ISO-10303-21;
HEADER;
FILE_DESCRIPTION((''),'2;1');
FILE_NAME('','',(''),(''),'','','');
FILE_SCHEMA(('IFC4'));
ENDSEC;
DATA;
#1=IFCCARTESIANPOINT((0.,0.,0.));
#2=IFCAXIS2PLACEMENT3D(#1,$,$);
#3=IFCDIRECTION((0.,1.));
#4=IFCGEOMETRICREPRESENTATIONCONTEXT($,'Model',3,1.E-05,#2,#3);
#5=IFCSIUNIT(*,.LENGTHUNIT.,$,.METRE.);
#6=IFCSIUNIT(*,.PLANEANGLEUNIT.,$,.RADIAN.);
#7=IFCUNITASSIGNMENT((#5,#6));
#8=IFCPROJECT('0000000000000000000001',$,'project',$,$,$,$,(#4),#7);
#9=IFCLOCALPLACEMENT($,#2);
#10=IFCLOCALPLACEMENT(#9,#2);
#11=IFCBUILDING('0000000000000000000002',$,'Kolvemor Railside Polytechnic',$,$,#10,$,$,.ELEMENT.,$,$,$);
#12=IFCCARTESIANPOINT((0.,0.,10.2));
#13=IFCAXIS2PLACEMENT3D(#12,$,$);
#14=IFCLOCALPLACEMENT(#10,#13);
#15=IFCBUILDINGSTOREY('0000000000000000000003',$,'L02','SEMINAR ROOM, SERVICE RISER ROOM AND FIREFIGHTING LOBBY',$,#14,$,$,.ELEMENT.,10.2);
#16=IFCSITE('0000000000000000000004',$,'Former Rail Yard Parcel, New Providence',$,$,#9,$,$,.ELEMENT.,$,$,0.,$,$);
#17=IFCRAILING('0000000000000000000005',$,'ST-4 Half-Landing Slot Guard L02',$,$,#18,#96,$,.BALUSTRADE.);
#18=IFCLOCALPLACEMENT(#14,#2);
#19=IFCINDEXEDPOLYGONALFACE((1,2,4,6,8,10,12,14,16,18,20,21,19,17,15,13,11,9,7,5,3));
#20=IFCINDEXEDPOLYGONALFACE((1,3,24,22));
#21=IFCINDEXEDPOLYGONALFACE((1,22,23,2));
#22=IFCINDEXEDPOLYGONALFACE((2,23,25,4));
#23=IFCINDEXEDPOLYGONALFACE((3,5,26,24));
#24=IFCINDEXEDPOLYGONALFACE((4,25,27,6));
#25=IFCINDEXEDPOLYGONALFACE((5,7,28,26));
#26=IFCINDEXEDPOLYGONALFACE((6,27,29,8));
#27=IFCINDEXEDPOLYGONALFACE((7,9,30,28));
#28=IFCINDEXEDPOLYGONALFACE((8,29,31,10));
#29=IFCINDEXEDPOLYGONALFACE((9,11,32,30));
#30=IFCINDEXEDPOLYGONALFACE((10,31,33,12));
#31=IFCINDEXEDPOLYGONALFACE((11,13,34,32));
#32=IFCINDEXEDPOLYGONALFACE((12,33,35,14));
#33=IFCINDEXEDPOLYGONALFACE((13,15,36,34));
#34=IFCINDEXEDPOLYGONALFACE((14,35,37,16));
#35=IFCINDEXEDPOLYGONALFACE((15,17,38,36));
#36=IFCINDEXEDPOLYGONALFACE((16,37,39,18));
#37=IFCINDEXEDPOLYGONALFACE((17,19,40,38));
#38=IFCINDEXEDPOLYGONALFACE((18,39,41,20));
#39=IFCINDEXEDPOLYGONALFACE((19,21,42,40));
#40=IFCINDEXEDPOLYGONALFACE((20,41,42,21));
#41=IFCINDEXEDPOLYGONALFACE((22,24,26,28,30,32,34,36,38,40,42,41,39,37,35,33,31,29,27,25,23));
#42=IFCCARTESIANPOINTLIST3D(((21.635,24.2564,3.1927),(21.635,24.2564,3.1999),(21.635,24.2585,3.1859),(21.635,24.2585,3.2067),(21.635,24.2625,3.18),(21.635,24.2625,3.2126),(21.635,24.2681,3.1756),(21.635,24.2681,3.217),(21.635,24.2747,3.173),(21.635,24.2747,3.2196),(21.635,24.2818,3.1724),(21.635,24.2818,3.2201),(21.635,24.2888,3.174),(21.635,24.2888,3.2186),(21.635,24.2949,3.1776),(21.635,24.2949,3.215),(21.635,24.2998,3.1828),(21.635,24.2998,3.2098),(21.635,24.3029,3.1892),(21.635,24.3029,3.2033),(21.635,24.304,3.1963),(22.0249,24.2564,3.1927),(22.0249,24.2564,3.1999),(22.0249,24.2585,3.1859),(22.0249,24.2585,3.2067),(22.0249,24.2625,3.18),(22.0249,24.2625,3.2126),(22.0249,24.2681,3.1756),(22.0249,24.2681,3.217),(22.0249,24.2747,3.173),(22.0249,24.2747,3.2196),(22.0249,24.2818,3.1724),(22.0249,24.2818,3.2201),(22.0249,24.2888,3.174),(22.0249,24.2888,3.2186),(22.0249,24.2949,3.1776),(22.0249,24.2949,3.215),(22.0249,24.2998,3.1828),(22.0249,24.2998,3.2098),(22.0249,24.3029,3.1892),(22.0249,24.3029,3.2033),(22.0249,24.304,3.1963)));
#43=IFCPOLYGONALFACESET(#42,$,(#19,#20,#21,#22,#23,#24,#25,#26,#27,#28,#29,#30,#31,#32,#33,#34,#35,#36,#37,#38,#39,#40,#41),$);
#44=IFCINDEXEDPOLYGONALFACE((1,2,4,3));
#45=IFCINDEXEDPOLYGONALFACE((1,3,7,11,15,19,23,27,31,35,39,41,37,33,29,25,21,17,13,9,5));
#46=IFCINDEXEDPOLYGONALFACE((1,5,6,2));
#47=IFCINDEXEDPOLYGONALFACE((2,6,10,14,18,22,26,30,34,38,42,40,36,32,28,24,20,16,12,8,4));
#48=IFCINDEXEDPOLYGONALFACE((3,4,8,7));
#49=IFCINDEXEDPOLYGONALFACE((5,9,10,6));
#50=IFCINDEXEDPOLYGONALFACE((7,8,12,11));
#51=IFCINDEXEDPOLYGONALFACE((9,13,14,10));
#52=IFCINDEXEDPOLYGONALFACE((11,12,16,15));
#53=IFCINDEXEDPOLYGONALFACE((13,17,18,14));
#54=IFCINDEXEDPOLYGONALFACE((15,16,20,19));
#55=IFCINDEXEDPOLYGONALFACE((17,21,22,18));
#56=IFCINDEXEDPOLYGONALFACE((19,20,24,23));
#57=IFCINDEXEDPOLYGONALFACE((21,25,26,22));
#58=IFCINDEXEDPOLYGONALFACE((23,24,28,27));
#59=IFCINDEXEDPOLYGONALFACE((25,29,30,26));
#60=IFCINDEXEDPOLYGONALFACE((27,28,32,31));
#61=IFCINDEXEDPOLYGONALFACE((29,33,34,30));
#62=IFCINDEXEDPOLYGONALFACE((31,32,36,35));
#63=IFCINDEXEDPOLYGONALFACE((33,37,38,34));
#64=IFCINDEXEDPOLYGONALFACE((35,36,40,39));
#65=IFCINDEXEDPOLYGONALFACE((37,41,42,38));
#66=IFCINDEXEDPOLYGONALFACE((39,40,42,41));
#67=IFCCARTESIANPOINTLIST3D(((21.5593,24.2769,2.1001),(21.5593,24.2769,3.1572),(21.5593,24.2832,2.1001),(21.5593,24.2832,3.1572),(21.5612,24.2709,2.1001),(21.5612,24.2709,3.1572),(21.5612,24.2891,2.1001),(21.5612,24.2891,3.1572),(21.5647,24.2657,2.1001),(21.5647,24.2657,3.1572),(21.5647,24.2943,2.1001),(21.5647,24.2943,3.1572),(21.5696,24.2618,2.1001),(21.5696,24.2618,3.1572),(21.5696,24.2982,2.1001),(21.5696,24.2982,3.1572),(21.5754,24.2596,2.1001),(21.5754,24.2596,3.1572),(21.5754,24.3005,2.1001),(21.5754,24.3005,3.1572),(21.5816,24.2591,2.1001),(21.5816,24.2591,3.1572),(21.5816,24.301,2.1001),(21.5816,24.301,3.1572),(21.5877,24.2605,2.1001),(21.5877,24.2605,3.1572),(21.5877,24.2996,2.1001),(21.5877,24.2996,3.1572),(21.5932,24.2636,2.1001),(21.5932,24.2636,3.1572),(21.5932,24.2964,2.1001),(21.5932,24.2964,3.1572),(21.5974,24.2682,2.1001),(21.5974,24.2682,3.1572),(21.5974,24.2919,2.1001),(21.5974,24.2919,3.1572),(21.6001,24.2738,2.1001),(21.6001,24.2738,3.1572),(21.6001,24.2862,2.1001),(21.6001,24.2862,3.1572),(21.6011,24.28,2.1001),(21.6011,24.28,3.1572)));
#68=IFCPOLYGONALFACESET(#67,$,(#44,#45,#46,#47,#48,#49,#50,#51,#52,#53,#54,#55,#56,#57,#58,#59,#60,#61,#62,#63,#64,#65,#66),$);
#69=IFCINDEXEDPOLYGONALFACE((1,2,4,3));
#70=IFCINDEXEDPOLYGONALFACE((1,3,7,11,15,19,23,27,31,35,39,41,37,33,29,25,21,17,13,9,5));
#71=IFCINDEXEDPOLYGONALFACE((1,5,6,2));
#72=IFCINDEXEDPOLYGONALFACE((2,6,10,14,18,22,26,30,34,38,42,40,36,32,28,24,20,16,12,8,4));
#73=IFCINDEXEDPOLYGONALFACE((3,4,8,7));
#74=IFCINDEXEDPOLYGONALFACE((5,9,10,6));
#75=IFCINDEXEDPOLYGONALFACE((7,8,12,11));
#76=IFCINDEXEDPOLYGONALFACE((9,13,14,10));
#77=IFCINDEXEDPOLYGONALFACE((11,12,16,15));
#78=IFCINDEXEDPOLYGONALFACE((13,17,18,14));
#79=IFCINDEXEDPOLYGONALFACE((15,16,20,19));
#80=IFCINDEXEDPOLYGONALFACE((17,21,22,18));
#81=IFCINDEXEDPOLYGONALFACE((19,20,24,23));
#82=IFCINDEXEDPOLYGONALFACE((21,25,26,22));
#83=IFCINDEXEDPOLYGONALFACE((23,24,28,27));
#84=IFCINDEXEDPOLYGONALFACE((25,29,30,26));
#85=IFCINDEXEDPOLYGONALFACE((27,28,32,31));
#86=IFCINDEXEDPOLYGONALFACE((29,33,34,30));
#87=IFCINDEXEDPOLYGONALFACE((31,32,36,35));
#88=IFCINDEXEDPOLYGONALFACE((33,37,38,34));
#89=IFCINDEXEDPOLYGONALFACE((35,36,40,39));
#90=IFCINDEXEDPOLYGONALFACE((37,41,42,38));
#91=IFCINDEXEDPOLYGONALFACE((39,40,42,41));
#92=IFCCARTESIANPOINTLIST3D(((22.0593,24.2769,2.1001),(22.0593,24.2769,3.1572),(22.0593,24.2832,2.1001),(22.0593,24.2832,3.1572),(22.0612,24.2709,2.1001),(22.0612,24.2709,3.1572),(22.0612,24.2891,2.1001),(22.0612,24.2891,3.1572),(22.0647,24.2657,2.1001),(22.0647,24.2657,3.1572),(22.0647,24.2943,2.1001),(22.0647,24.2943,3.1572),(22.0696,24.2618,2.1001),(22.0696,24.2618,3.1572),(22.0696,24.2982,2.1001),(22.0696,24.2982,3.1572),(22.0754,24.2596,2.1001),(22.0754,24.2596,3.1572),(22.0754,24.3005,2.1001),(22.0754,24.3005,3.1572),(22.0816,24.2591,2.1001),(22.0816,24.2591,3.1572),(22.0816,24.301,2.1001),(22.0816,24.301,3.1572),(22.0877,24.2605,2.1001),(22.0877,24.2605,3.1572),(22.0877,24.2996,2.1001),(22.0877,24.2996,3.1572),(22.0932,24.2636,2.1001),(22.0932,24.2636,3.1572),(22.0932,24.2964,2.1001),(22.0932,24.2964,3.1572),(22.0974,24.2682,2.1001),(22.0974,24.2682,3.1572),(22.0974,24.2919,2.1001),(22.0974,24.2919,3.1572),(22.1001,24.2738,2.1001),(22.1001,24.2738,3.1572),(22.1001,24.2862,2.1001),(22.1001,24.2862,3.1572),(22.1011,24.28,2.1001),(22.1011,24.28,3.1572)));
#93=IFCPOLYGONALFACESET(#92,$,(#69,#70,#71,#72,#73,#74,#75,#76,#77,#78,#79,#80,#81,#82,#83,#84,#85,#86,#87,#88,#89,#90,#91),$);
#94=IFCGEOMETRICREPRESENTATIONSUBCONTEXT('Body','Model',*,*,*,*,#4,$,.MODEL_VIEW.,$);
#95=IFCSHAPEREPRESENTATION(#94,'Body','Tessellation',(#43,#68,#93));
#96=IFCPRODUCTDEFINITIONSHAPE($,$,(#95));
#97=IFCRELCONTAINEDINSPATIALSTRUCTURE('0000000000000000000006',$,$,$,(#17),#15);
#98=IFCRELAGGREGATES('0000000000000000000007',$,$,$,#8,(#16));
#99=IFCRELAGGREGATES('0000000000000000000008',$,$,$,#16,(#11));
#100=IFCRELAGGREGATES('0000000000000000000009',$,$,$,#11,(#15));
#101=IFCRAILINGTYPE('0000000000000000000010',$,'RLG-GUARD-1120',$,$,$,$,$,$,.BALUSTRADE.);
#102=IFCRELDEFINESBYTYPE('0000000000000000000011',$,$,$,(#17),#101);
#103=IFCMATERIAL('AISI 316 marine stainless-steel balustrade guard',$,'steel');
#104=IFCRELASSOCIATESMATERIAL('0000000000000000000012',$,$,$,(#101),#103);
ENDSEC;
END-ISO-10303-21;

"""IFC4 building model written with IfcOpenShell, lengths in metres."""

from ifc_helpers import new_model, si_unit, direction, frame, origin, origin_2d, place, context, subcontext, project, spatial, circle, extrude, material, type_object, element, save


model = new_model("IFC4")

# Units and contexts
model_context = context("Model", 3, precision=1e-05, world=origin(), true_north=direction((0.0, 1.0)))
body_context = subcontext(model_context, "Body", "Model", "MODEL_VIEW")
ifc_project = project(units=[si_unit("LENGTHUNIT", "METRE"), si_unit("PLANEANGLEUNIT", "RADIAN")], contexts=[model_context])

# Site, building, storey
site_placement = place(None, origin())
site = spatial("IfcSite", under=ifc_project, at=site_placement, Name="Former Rail Yard Parcel, New Providence", CompositionType="ELEMENT", RefElevation=0.0)
building_placement = place(site_placement, origin())
building = spatial("IfcBuilding", under=site, at=building_placement, Name="Kolvemor Railside Polytechnic", CompositionType="ELEMENT")
storey_placement = place(building_placement, frame((0.0, 0.0, 10.2)))
storey = spatial("IfcBuildingStorey", under=building, at=storey_placement, Name="L02", Description="SEMINAR ROOM, SERVICE RISER ROOM AND FIREFIGHTING LOBBY", CompositionType="ELEMENT", Elevation=10.2)

# Railing
ifc_material_1 = material(Name="AISI 316 marine stainless-steel balustrade guard", Category="steel")
railing_type_1 = type_object("IfcRailingType", Name="RLG-GUARD-1120", PredefinedType="BALUSTRADE", material=ifc_material_1)
railing_1_placement = place(storey_placement, frame((21.5801, 24.28, 2.1001)))
element("IfcRailing", 1, at=railing_1_placement, inside=storey, type_object=railing_type_1, Name="ST-4 Half-Landing Slot Guard L02", PredefinedType="BALUSTRADE", context=body_context, shape_type="SweptSolid", body=[
    extrude(circle(Radius=0.0239, at=origin_2d()), frame((0.0549, 0.0, 1.0962), z_axis=(1.0, 0.0, 0.0), x_axis=(0.0, 1.0, 0.0)), (0.0, 0.0, 1.0), 0.3899),
    extrude(circle(Radius=0.021, at=origin_2d()), origin(), (0.0, 0.0, 1.0), 1.0571),
    extrude(circle(Radius=0.021, at=origin_2d()), frame((0.5, 0.0, 0.0)), (0.0, 0.0, 1.0), 1.0571),
])

save(model, "model.ifc")
